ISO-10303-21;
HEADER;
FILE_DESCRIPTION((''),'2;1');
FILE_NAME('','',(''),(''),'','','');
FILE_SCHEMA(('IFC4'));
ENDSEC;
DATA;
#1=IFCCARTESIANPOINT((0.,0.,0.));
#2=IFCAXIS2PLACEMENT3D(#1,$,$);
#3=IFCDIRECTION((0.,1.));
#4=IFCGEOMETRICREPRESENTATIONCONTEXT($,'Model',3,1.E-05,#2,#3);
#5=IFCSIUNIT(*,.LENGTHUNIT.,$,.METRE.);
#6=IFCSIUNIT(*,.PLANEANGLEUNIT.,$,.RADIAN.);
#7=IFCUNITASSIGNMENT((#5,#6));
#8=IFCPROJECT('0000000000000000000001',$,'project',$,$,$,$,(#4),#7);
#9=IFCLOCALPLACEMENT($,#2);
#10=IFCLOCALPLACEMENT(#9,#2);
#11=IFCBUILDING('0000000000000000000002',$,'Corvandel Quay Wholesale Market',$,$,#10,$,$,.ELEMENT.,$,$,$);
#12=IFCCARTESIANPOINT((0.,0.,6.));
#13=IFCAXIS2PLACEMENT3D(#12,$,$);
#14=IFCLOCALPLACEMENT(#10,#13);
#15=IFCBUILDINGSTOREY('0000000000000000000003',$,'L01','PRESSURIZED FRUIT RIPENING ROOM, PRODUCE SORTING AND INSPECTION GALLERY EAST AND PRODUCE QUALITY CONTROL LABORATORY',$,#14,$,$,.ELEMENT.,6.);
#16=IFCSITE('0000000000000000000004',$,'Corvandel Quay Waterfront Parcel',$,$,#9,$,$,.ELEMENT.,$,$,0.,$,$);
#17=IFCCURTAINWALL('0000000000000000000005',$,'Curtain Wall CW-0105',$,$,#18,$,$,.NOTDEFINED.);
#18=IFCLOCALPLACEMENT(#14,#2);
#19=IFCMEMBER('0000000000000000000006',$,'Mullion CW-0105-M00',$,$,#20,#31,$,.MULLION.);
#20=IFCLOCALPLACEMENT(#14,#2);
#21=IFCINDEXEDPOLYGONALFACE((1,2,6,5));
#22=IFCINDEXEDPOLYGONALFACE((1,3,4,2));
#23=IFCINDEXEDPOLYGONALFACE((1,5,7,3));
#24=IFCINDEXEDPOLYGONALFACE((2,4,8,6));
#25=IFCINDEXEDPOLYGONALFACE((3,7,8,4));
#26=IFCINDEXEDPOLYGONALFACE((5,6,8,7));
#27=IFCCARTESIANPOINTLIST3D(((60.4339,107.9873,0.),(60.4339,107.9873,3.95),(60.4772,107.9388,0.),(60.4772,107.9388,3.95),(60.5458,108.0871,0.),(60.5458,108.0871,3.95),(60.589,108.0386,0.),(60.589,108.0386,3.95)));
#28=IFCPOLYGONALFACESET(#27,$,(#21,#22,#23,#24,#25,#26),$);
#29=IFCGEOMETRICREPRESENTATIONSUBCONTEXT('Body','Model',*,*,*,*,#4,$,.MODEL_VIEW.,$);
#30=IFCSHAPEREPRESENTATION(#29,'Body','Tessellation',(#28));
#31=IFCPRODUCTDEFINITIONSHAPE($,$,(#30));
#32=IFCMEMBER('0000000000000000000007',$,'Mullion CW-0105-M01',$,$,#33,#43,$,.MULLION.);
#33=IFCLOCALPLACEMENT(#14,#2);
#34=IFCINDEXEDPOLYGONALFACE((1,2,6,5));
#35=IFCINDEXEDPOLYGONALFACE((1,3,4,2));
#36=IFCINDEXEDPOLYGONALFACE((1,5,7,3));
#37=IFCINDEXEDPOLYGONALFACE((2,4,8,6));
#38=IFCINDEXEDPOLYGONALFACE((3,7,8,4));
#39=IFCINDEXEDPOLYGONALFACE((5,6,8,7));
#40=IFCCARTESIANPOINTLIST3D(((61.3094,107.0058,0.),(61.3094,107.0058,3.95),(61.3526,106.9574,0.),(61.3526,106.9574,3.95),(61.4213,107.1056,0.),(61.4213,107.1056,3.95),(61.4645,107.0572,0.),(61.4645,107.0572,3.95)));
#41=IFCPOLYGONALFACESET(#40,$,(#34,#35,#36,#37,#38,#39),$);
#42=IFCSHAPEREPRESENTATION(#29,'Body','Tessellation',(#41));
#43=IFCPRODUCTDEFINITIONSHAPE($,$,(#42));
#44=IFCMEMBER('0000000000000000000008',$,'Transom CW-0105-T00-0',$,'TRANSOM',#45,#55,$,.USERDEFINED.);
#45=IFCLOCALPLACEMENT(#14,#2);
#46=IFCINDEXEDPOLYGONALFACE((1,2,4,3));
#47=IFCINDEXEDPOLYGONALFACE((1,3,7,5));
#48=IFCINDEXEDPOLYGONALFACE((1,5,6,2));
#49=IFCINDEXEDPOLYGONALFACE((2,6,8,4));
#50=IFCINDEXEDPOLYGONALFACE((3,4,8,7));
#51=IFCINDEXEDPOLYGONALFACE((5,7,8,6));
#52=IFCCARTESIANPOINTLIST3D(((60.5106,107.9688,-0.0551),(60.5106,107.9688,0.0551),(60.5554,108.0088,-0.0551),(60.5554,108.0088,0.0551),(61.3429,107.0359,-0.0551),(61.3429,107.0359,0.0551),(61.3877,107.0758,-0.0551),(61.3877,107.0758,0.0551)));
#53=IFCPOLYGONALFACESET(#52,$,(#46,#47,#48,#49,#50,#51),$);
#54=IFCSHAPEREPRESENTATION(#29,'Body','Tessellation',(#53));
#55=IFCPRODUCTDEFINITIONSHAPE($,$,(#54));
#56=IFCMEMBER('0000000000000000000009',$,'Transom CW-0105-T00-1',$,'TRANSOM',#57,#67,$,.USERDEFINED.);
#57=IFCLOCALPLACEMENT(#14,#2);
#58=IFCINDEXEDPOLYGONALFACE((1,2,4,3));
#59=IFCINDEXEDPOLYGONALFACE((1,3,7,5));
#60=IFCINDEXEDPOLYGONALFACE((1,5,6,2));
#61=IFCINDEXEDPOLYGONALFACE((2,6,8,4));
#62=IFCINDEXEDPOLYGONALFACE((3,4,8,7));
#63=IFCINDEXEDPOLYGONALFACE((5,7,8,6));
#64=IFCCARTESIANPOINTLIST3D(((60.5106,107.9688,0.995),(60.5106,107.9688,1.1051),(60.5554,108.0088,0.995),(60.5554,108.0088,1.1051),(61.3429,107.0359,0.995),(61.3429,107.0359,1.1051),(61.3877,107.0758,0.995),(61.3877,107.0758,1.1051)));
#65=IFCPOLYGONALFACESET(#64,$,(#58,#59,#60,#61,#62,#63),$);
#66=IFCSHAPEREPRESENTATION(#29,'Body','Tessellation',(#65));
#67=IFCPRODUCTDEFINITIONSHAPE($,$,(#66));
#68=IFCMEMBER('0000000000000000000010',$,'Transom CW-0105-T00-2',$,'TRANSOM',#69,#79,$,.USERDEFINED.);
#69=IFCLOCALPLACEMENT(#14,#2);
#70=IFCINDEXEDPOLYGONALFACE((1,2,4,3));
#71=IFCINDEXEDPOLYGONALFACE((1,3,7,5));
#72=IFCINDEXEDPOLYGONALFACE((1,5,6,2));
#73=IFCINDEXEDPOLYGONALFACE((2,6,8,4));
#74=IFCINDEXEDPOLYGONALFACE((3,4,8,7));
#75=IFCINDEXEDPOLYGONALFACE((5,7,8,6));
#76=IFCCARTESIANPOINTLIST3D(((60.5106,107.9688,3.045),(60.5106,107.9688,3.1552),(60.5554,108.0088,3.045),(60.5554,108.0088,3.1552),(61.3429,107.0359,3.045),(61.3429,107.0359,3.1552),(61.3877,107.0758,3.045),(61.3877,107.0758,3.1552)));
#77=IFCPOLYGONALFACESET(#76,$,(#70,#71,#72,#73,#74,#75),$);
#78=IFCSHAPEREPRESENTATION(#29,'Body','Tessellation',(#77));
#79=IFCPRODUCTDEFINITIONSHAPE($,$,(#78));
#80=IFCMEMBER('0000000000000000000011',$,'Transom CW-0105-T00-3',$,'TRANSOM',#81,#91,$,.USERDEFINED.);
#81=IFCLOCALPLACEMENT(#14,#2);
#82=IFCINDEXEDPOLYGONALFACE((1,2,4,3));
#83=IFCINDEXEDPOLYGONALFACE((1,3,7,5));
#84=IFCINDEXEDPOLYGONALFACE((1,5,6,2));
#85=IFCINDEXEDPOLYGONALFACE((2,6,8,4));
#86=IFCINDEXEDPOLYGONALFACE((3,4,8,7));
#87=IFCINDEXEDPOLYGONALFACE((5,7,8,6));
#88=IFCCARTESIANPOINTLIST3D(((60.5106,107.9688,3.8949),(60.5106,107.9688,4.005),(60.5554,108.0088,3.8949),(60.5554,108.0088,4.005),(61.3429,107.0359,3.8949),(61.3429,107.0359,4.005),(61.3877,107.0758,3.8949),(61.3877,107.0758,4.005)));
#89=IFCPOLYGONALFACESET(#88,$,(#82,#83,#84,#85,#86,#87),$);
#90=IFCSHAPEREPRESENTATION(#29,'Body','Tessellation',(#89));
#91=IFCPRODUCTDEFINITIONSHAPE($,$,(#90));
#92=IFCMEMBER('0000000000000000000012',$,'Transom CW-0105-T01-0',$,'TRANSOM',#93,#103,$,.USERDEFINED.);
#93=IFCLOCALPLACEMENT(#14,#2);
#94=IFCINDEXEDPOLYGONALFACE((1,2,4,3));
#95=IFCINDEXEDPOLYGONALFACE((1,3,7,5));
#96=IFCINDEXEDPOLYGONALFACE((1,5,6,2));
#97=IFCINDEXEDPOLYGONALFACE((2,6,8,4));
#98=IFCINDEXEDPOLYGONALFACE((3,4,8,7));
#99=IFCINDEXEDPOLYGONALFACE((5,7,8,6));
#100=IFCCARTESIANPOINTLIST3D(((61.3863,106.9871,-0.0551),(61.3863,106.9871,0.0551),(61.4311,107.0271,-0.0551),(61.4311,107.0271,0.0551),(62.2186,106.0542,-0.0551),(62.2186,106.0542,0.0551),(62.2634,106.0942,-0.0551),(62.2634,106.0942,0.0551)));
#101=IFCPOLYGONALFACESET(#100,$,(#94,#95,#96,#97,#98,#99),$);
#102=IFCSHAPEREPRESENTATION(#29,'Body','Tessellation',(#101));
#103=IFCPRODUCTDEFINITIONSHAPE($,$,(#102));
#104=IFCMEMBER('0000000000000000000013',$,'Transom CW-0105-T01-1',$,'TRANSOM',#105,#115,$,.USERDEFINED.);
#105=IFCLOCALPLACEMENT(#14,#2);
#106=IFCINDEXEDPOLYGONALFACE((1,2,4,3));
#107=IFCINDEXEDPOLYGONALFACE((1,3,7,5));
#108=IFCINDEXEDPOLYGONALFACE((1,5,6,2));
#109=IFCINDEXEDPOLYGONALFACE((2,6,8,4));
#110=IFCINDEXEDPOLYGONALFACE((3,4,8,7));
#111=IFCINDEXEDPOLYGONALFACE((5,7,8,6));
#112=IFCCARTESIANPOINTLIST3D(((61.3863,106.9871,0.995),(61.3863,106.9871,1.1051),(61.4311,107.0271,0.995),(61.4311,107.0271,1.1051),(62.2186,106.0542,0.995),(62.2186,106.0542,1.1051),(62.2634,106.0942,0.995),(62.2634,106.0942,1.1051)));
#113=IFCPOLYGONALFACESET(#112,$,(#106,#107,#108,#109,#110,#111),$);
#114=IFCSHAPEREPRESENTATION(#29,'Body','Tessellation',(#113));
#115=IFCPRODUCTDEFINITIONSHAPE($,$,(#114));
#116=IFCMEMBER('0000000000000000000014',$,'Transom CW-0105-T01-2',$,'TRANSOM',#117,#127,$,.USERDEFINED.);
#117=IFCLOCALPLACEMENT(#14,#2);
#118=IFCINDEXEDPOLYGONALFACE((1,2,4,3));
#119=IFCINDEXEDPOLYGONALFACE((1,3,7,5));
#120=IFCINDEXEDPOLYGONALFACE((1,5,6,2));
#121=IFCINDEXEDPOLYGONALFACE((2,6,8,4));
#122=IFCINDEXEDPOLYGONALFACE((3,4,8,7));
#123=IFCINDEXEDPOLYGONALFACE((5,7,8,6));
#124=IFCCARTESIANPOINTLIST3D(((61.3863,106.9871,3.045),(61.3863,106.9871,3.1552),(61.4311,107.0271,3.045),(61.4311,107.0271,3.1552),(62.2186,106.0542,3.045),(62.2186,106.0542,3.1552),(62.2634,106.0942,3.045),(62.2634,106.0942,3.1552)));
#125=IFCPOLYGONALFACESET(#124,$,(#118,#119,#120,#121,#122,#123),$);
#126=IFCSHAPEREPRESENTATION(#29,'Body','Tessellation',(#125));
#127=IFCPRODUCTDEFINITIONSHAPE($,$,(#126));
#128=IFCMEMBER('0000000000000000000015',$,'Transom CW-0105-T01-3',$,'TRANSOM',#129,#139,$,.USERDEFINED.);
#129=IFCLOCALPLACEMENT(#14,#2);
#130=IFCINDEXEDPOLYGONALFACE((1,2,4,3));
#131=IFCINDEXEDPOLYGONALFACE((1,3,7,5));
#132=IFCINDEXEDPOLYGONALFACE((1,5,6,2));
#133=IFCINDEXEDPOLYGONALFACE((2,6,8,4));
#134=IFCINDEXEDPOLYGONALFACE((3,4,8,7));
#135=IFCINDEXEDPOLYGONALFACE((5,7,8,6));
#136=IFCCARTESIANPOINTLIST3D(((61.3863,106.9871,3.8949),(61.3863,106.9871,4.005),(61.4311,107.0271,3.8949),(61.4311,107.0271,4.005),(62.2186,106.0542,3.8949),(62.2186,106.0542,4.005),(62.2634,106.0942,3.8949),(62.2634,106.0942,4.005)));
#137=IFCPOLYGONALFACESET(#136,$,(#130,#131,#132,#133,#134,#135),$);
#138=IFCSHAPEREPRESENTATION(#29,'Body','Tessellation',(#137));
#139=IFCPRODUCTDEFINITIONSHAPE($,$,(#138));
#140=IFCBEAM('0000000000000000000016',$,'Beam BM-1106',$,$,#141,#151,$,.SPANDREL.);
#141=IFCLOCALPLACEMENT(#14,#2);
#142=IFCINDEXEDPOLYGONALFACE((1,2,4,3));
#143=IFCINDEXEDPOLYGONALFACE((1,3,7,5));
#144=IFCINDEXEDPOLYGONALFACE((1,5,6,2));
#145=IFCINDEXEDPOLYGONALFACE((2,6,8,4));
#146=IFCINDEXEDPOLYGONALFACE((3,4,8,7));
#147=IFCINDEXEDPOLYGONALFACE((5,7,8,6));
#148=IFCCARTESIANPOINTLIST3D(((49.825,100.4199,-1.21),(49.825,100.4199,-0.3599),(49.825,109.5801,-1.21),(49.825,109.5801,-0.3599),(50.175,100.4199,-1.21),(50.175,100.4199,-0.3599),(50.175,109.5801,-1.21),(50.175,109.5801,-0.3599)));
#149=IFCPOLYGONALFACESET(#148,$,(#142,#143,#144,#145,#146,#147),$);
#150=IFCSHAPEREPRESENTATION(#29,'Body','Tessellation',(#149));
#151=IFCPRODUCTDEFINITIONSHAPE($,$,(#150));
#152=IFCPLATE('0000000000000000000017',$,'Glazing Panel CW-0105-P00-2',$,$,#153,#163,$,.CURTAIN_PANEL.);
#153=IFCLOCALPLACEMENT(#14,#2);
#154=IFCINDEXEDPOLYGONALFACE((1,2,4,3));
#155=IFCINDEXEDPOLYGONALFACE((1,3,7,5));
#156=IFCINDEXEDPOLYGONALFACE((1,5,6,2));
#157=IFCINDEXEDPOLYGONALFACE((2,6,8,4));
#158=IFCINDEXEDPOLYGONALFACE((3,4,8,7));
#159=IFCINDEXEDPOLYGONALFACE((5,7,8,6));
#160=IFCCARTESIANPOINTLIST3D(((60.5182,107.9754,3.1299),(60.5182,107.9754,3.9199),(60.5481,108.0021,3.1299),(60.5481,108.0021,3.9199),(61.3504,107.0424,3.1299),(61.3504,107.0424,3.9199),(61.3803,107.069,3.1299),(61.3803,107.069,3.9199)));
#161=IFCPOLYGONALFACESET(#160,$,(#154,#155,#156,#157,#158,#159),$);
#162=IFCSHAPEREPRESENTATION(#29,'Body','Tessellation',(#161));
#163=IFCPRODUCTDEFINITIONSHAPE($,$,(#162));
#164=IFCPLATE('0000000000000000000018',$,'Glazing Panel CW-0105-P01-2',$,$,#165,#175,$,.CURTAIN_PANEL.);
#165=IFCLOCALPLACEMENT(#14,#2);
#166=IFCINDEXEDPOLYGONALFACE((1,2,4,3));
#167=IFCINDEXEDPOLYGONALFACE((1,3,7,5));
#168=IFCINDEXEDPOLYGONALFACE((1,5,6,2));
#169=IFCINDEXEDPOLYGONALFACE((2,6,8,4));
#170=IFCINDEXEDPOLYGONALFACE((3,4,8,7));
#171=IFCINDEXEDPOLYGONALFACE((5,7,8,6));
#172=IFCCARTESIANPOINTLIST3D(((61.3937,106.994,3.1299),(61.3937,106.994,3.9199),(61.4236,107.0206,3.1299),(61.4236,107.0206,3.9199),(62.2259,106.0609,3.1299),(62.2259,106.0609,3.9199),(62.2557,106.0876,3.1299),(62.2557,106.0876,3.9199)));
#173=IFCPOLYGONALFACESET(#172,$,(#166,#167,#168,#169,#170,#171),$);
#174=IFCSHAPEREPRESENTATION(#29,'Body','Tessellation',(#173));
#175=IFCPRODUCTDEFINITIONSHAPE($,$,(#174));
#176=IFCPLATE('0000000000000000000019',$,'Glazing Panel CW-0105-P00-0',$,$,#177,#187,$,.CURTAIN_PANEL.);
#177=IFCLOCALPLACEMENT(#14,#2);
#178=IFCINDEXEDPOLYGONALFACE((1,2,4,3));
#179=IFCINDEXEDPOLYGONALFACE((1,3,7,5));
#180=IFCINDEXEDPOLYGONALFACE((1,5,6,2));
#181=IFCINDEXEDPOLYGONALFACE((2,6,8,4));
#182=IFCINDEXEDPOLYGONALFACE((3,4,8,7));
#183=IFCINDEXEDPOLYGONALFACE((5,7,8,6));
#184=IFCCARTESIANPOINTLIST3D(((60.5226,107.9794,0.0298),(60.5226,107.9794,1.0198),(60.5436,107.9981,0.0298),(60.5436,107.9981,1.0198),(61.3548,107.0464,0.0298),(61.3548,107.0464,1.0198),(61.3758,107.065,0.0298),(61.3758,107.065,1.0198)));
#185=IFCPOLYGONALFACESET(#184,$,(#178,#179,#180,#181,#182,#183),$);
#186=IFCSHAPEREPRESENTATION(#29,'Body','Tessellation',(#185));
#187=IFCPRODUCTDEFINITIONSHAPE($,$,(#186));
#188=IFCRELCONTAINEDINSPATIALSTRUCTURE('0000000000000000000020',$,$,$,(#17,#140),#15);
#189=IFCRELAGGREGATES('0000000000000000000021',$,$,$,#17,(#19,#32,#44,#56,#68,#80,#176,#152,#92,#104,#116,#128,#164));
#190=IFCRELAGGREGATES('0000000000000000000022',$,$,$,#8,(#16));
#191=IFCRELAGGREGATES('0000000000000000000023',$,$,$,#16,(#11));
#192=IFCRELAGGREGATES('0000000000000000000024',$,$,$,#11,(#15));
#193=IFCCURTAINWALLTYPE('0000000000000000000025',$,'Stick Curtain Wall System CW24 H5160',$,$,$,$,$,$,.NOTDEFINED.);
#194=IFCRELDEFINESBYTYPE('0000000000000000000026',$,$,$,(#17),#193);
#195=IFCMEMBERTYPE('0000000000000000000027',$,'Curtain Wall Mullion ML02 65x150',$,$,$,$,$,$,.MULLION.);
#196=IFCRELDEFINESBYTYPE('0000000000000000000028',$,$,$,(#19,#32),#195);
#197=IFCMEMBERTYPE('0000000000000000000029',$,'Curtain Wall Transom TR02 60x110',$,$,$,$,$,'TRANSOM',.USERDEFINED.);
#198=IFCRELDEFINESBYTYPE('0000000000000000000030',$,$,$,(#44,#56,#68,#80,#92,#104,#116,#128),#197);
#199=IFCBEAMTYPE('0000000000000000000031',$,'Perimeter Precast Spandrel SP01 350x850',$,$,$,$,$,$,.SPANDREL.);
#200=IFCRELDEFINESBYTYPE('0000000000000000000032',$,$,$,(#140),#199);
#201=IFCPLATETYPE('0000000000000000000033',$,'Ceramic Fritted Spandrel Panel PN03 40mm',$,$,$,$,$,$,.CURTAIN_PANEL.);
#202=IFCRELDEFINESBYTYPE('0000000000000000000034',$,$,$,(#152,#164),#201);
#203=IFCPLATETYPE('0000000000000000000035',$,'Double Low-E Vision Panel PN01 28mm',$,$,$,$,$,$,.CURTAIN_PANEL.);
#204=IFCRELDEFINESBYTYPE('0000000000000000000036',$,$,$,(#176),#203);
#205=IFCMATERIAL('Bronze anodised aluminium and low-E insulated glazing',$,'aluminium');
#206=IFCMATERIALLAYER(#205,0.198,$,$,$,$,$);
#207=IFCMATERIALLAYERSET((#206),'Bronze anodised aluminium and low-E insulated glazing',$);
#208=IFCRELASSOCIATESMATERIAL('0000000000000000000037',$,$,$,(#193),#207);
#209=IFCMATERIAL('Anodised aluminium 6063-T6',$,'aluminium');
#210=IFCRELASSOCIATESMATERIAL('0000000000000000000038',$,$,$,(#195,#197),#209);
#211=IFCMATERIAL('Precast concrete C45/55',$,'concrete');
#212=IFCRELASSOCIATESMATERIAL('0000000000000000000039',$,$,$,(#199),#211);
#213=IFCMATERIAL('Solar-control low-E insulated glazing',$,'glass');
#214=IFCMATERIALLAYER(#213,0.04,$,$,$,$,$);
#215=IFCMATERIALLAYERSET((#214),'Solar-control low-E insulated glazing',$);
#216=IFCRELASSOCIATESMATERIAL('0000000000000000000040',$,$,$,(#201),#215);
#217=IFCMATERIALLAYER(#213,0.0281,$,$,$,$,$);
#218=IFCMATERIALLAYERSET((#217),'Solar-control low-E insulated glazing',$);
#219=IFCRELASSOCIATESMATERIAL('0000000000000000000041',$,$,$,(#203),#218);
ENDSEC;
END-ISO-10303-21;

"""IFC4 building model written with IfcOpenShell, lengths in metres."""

from ifc_helpers import new_model, si_unit, direction, frame, origin, origin_2d, place, context, subcontext, project, spatial, rectangle, extrude, material, layer, layer_set, material_profile, profile_set, type_object, element, aggregate, save


model = new_model("IFC4")

# Units and contexts
model_context = context("Model", 3, precision=1e-05, world=origin(), true_north=direction((0.0, 1.0)))
body_context = subcontext(model_context, "Body", "Model", "MODEL_VIEW")
ifc_project = project(units=[si_unit("LENGTHUNIT", "METRE"), si_unit("PLANEANGLEUNIT", "RADIAN")], contexts=[model_context])

# Site, building, storey
site_placement = place(None, origin())
site = spatial("IfcSite", under=ifc_project, at=site_placement, Name="Corvandel Quay Waterfront Parcel", CompositionType="ELEMENT", RefElevation=0.0)
building_placement = place(site_placement, origin())
building = spatial("IfcBuilding", under=site, at=building_placement, Name="Corvandel Quay Wholesale Market", CompositionType="ELEMENT")
storey_placement = place(building_placement, frame((0.0, 0.0, 6.0)))
storey = spatial("IfcBuildingStorey", under=building, at=storey_placement, Name="L01", Description="PRESSURIZED FRUIT RIPENING ROOM, PRODUCE SORTING AND INSPECTION GALLERY EAST AND PRODUCE QUALITY CONTROL LABORATORY", CompositionType="ELEMENT", Elevation=6.0)

# Curtain wall, members
ifc_material_1 = material(Name="Bronze anodised aluminium and low-E insulated glazing", Category="aluminium")
ifc_layer_1 = layer(ifc_material_1, 0.198)
ifc_layer_set_1 = layer_set([ifc_layer_1], Name="Bronze anodised aluminium and low-E insulated glazing")
curtain_wall_type = type_object("IfcCurtainWallType", Name="Stick Curtain Wall System CW24 H5160", PredefinedType="NOTDEFINED", material=ifc_layer_set_1)
curtain_wall_placement = place(storey_placement, origin())
curtain_wall = element("IfcCurtainWall", 1, at=curtain_wall_placement, inside=storey, type_object=curtain_wall_type, Name="Curtain Wall CW-0105", PredefinedType="NOTDEFINED")
ifc_material_2 = material(Name="Anodised aluminium 6063-T6", Category="aluminium")
ifc_material_profile_1 = material_profile(ifc_material_2, rectangle(XDim=0.0649, YDim=0.1499, at=origin_2d()), Name="ALU-MUL-65x150")
ifc_profile_set_1 = profile_set([ifc_material_profile_1], Name="Anodised aluminium 6063-T6")
member_type_1 = type_object("IfcMemberType", Name="Curtain Wall Mullion ML02 65x150", PredefinedType="MULLION", material=ifc_profile_set_1)
member_1_placement = place(storey_placement, frame((60.5115, 108.0129, 0.0), z_axis=(0.0, 0.0, 1.0), x_axis=(-0.665621, 0.74629, 0.0)))
member_1 = element("IfcMember", 2, at=member_1_placement, type_object=member_type_1, Name="Mullion CW-0105-M00", PredefinedType="MULLION", context=body_context, shape_type="SweptSolid", body=[
    extrude(rectangle(XDim=0.0649, YDim=0.1499, at=origin_2d()), origin(), (0.0, 0.0, 1.0), 3.95),
])
member_2_placement = place(storey_placement, frame((61.387, 107.0315, 0.0), z_axis=(0.0, 0.0, 1.0), x_axis=(-0.665621, 0.74629, 0.0)))
member_2 = element("IfcMember", 3, at=member_2_placement, type_object=member_type_1, Name="Mullion CW-0105-M01", PredefinedType="MULLION", context=body_context, shape_type="SweptSolid", body=[
    extrude(rectangle(XDim=0.0649, YDim=0.1499, at=origin_2d()), origin(), (0.0, 0.0, 1.0), 3.95),
])
ifc_material_profile_2 = material_profile(ifc_material_2, rectangle(XDim=0.0601, YDim=0.1101, at=origin_2d()), Name="ALU-TRN-60x110")
ifc_profile_set_2 = profile_set([ifc_material_profile_2], Name="Anodised aluminium 6063-T6")
member_type_2 = type_object("IfcMemberType", Name="Curtain Wall Transom TR02 60x110", ElementType="TRANSOM", PredefinedType="USERDEFINED", material=ifc_profile_set_2)
member_3_placement = place(storey_placement, frame((60.533, 107.9888, 0.0), z_axis=(0.665732, -0.746191, 0.0), x_axis=(0.746191, 0.665732, 0.0)))
member_3 = element("IfcMember", 4, at=member_3_placement, type_object=member_type_2, Name="Transom CW-0105-T00-0", ObjectType="TRANSOM", PredefinedType="USERDEFINED", context=body_context, shape_type="SweptSolid", body=[
    extrude(rectangle(XDim=0.0601, YDim=0.1101, at=origin_2d()), origin(), (0.0, 0.0, 1.0), 1.2502),
])
member_4_placement = place(storey_placement, frame((60.533, 107.9888, 1.05), z_axis=(0.665732, -0.746191, 0.0), x_axis=(0.746191, 0.665732, 0.0)))
member_4 = element("IfcMember", 5, at=member_4_placement, type_object=member_type_2, Name="Transom CW-0105-T00-1", ObjectType="TRANSOM", PredefinedType="USERDEFINED", context=body_context, shape_type="SweptSolid", body=[
    extrude(rectangle(XDim=0.0601, YDim=0.1101, at=origin_2d()), origin(), (0.0, 0.0, 1.0), 1.2502),
])
member_5_placement = place(storey_placement, frame((60.533, 107.9888, 3.1001), z_axis=(0.665732, -0.746191, 0.0), x_axis=(0.746191, 0.665732, 0.0)))
member_5 = element("IfcMember", 6, at=member_5_placement, type_object=member_type_2, Name="Transom CW-0105-T00-2", ObjectType="TRANSOM", PredefinedType="USERDEFINED", context=body_context, shape_type="SweptSolid", body=[
    extrude(rectangle(XDim=0.0601, YDim=0.1101, at=origin_2d()), origin(), (0.0, 0.0, 1.0), 1.2502),
])
member_6_placement = place(storey_placement, frame((60.533, 107.9888, 3.95), z_axis=(0.665732, -0.746191, 0.0), x_axis=(0.746191, 0.665732, 0.0)))
member_6 = element("IfcMember", 7, at=member_6_placement, type_object=member_type_2, Name="Transom CW-0105-T00-3", ObjectType="TRANSOM", PredefinedType="USERDEFINED", context=body_context, shape_type="SweptSolid", body=[
    extrude(rectangle(XDim=0.0601, YDim=0.1101, at=origin_2d()), origin(), (0.0, 0.0, 1.0), 1.2502),
])
member_7_placement = place(storey_placement, frame((61.4087, 107.0071, 0.0), z_axis=(0.665732, -0.746191, 0.0), x_axis=(0.746191, 0.665732, 0.0)))
member_7 = element("IfcMember", 8, at=member_7_placement, type_object=member_type_2, Name="Transom CW-0105-T01-0", ObjectType="TRANSOM", PredefinedType="USERDEFINED", context=body_context, shape_type="SweptSolid", body=[
    extrude(rectangle(XDim=0.0601, YDim=0.1101, at=origin_2d()), origin(), (0.0, 0.0, 1.0), 1.2502),
])
member_8_placement = place(storey_placement, frame((61.4087, 107.0071, 1.05), z_axis=(0.665732, -0.746191, 0.0), x_axis=(0.746191, 0.665732, 0.0)))
member_8 = element("IfcMember", 9, at=member_8_placement, type_object=member_type_2, Name="Transom CW-0105-T01-1", ObjectType="TRANSOM", PredefinedType="USERDEFINED", context=body_context, shape_type="SweptSolid", body=[
    extrude(rectangle(XDim=0.0601, YDim=0.1101, at=origin_2d()), origin(), (0.0, 0.0, 1.0), 1.2502),
])
member_9_placement = place(storey_placement, frame((61.4087, 107.0071, 3.1001), z_axis=(0.665732, -0.746191, 0.0), x_axis=(0.746191, 0.665732, 0.0)))
member_9 = element("IfcMember", 10, at=member_9_placement, type_object=member_type_2, Name="Transom CW-0105-T01-2", ObjectType="TRANSOM", PredefinedType="USERDEFINED", context=body_context, shape_type="SweptSolid", body=[
    extrude(rectangle(XDim=0.0601, YDim=0.1101, at=origin_2d()), origin(), (0.0, 0.0, 1.0), 1.2502),
])
member_10_placement = place(storey_placement, frame((61.4087, 107.0071, 3.95), z_axis=(0.665732, -0.746191, 0.0), x_axis=(0.746191, 0.665732, 0.0)))
member_10 = element("IfcMember", 11, at=member_10_placement, type_object=member_type_2, Name="Transom CW-0105-T01-3", ObjectType="TRANSOM", PredefinedType="USERDEFINED", context=body_context, shape_type="SweptSolid", body=[
    extrude(rectangle(XDim=0.0601, YDim=0.1101, at=origin_2d()), origin(), (0.0, 0.0, 1.0), 1.2502),
])

# Beam
ifc_material_3 = material(Name="Precast concrete C45/55", Category="concrete")
ifc_material_profile_3 = material_profile(ifc_material_3, rectangle(XDim=0.3501, YDim=0.8501, at=origin_2d()), Name="PC-SPN-350x850")
ifc_profile_set_3 = profile_set([ifc_material_profile_3], Name="Precast concrete C45/55")
beam_type = type_object("IfcBeamType", Name="Perimeter Precast Spandrel SP01 350x850", PredefinedType="SPANDREL", material=ifc_profile_set_3)
beam_placement = place(storey_placement, frame((50.0, 100.4199, -0.7849), z_axis=(0.0, 1.0, 0.0), x_axis=(-1.0, 0.0, 0.0)))
element("IfcBeam", 12, at=beam_placement, inside=storey, type_object=beam_type, Name="Beam BM-1106", PredefinedType="SPANDREL", context=body_context, shape_type="SweptSolid", body=[
    extrude(rectangle(XDim=0.3501, YDim=0.8501, at=origin_2d()), origin(), (0.0, 0.0, 1.0), 9.1602),
])

# Plates
ifc_material_4 = material(Name="Solar-control low-E insulated glazing", Category="glass")
ifc_layer_2 = layer(ifc_material_4, 0.04)
ifc_layer_set_2 = layer_set([ifc_layer_2], Name="Solar-control low-E insulated glazing")
plate_type_1 = type_object("IfcPlateType", Name="Ceramic Fritted Spandrel Panel PN03 40mm", PredefinedType="CURTAIN_PANEL", material=ifc_layer_set_2)
plate_1_placement = place(storey_placement, frame((60.9492, 107.5222, 3.1299), z_axis=(0.0, 0.0, 1.0), x_axis=(-0.665621, 0.74629, 0.0)))
plate_1 = element("IfcPlate", 13, at=plate_1_placement, type_object=plate_type_1, Name="Glazing Panel CW-0105-P00-2", PredefinedType="CURTAIN_PANEL", context=body_context, shape_type="SweptSolid", body=[
    extrude(rectangle(XDim=1.2502, YDim=0.04, at=origin_2d()), origin(), (0.0, 0.0, 1.0), 0.79),
])
plate_2_placement = place(storey_placement, frame((61.8247, 106.5408, 3.1299), z_axis=(0.0, 0.0, 1.0), x_axis=(-0.665621, 0.74629, 0.0)))
plate_2 = element("IfcPlate", 14, at=plate_2_placement, type_object=plate_type_1, Name="Glazing Panel CW-0105-P01-2", PredefinedType="CURTAIN_PANEL", context=body_context, shape_type="SweptSolid", body=[
    extrude(rectangle(XDim=1.2502, YDim=0.04, at=origin_2d()), origin(), (0.0, 0.0, 1.0), 0.79),
])
ifc_layer_3 = layer(ifc_material_4, 0.0281)
ifc_layer_set_3 = layer_set([ifc_layer_3], Name="Solar-control low-E insulated glazing")
plate_type_2 = type_object("IfcPlateType", Name="Double Low-E Vision Panel PN01 28mm", PredefinedType="CURTAIN_PANEL", material=ifc_layer_set_3)
plate_3_placement = place(storey_placement, frame((60.9492, 107.5222, 0.0298), z_axis=(0.0, 0.0, 1.0), x_axis=(-0.665621, 0.74629, 0.0)))
plate_3 = element("IfcPlate", 15, at=plate_3_placement, type_object=plate_type_2, Name="Glazing Panel CW-0105-P00-0", PredefinedType="CURTAIN_PANEL", context=body_context, shape_type="SweptSolid", body=[
    extrude(rectangle(XDim=1.2502, YDim=0.0281, at=origin_2d()), origin(), (0.0, 0.0, 1.0), 0.99),
])
aggregate(curtain_wall, [member_1, member_2, member_3, member_4, member_5, member_6, plate_3, plate_1, member_7, member_8, member_9, member_10, plate_2])

save(model, "model.ifc")
